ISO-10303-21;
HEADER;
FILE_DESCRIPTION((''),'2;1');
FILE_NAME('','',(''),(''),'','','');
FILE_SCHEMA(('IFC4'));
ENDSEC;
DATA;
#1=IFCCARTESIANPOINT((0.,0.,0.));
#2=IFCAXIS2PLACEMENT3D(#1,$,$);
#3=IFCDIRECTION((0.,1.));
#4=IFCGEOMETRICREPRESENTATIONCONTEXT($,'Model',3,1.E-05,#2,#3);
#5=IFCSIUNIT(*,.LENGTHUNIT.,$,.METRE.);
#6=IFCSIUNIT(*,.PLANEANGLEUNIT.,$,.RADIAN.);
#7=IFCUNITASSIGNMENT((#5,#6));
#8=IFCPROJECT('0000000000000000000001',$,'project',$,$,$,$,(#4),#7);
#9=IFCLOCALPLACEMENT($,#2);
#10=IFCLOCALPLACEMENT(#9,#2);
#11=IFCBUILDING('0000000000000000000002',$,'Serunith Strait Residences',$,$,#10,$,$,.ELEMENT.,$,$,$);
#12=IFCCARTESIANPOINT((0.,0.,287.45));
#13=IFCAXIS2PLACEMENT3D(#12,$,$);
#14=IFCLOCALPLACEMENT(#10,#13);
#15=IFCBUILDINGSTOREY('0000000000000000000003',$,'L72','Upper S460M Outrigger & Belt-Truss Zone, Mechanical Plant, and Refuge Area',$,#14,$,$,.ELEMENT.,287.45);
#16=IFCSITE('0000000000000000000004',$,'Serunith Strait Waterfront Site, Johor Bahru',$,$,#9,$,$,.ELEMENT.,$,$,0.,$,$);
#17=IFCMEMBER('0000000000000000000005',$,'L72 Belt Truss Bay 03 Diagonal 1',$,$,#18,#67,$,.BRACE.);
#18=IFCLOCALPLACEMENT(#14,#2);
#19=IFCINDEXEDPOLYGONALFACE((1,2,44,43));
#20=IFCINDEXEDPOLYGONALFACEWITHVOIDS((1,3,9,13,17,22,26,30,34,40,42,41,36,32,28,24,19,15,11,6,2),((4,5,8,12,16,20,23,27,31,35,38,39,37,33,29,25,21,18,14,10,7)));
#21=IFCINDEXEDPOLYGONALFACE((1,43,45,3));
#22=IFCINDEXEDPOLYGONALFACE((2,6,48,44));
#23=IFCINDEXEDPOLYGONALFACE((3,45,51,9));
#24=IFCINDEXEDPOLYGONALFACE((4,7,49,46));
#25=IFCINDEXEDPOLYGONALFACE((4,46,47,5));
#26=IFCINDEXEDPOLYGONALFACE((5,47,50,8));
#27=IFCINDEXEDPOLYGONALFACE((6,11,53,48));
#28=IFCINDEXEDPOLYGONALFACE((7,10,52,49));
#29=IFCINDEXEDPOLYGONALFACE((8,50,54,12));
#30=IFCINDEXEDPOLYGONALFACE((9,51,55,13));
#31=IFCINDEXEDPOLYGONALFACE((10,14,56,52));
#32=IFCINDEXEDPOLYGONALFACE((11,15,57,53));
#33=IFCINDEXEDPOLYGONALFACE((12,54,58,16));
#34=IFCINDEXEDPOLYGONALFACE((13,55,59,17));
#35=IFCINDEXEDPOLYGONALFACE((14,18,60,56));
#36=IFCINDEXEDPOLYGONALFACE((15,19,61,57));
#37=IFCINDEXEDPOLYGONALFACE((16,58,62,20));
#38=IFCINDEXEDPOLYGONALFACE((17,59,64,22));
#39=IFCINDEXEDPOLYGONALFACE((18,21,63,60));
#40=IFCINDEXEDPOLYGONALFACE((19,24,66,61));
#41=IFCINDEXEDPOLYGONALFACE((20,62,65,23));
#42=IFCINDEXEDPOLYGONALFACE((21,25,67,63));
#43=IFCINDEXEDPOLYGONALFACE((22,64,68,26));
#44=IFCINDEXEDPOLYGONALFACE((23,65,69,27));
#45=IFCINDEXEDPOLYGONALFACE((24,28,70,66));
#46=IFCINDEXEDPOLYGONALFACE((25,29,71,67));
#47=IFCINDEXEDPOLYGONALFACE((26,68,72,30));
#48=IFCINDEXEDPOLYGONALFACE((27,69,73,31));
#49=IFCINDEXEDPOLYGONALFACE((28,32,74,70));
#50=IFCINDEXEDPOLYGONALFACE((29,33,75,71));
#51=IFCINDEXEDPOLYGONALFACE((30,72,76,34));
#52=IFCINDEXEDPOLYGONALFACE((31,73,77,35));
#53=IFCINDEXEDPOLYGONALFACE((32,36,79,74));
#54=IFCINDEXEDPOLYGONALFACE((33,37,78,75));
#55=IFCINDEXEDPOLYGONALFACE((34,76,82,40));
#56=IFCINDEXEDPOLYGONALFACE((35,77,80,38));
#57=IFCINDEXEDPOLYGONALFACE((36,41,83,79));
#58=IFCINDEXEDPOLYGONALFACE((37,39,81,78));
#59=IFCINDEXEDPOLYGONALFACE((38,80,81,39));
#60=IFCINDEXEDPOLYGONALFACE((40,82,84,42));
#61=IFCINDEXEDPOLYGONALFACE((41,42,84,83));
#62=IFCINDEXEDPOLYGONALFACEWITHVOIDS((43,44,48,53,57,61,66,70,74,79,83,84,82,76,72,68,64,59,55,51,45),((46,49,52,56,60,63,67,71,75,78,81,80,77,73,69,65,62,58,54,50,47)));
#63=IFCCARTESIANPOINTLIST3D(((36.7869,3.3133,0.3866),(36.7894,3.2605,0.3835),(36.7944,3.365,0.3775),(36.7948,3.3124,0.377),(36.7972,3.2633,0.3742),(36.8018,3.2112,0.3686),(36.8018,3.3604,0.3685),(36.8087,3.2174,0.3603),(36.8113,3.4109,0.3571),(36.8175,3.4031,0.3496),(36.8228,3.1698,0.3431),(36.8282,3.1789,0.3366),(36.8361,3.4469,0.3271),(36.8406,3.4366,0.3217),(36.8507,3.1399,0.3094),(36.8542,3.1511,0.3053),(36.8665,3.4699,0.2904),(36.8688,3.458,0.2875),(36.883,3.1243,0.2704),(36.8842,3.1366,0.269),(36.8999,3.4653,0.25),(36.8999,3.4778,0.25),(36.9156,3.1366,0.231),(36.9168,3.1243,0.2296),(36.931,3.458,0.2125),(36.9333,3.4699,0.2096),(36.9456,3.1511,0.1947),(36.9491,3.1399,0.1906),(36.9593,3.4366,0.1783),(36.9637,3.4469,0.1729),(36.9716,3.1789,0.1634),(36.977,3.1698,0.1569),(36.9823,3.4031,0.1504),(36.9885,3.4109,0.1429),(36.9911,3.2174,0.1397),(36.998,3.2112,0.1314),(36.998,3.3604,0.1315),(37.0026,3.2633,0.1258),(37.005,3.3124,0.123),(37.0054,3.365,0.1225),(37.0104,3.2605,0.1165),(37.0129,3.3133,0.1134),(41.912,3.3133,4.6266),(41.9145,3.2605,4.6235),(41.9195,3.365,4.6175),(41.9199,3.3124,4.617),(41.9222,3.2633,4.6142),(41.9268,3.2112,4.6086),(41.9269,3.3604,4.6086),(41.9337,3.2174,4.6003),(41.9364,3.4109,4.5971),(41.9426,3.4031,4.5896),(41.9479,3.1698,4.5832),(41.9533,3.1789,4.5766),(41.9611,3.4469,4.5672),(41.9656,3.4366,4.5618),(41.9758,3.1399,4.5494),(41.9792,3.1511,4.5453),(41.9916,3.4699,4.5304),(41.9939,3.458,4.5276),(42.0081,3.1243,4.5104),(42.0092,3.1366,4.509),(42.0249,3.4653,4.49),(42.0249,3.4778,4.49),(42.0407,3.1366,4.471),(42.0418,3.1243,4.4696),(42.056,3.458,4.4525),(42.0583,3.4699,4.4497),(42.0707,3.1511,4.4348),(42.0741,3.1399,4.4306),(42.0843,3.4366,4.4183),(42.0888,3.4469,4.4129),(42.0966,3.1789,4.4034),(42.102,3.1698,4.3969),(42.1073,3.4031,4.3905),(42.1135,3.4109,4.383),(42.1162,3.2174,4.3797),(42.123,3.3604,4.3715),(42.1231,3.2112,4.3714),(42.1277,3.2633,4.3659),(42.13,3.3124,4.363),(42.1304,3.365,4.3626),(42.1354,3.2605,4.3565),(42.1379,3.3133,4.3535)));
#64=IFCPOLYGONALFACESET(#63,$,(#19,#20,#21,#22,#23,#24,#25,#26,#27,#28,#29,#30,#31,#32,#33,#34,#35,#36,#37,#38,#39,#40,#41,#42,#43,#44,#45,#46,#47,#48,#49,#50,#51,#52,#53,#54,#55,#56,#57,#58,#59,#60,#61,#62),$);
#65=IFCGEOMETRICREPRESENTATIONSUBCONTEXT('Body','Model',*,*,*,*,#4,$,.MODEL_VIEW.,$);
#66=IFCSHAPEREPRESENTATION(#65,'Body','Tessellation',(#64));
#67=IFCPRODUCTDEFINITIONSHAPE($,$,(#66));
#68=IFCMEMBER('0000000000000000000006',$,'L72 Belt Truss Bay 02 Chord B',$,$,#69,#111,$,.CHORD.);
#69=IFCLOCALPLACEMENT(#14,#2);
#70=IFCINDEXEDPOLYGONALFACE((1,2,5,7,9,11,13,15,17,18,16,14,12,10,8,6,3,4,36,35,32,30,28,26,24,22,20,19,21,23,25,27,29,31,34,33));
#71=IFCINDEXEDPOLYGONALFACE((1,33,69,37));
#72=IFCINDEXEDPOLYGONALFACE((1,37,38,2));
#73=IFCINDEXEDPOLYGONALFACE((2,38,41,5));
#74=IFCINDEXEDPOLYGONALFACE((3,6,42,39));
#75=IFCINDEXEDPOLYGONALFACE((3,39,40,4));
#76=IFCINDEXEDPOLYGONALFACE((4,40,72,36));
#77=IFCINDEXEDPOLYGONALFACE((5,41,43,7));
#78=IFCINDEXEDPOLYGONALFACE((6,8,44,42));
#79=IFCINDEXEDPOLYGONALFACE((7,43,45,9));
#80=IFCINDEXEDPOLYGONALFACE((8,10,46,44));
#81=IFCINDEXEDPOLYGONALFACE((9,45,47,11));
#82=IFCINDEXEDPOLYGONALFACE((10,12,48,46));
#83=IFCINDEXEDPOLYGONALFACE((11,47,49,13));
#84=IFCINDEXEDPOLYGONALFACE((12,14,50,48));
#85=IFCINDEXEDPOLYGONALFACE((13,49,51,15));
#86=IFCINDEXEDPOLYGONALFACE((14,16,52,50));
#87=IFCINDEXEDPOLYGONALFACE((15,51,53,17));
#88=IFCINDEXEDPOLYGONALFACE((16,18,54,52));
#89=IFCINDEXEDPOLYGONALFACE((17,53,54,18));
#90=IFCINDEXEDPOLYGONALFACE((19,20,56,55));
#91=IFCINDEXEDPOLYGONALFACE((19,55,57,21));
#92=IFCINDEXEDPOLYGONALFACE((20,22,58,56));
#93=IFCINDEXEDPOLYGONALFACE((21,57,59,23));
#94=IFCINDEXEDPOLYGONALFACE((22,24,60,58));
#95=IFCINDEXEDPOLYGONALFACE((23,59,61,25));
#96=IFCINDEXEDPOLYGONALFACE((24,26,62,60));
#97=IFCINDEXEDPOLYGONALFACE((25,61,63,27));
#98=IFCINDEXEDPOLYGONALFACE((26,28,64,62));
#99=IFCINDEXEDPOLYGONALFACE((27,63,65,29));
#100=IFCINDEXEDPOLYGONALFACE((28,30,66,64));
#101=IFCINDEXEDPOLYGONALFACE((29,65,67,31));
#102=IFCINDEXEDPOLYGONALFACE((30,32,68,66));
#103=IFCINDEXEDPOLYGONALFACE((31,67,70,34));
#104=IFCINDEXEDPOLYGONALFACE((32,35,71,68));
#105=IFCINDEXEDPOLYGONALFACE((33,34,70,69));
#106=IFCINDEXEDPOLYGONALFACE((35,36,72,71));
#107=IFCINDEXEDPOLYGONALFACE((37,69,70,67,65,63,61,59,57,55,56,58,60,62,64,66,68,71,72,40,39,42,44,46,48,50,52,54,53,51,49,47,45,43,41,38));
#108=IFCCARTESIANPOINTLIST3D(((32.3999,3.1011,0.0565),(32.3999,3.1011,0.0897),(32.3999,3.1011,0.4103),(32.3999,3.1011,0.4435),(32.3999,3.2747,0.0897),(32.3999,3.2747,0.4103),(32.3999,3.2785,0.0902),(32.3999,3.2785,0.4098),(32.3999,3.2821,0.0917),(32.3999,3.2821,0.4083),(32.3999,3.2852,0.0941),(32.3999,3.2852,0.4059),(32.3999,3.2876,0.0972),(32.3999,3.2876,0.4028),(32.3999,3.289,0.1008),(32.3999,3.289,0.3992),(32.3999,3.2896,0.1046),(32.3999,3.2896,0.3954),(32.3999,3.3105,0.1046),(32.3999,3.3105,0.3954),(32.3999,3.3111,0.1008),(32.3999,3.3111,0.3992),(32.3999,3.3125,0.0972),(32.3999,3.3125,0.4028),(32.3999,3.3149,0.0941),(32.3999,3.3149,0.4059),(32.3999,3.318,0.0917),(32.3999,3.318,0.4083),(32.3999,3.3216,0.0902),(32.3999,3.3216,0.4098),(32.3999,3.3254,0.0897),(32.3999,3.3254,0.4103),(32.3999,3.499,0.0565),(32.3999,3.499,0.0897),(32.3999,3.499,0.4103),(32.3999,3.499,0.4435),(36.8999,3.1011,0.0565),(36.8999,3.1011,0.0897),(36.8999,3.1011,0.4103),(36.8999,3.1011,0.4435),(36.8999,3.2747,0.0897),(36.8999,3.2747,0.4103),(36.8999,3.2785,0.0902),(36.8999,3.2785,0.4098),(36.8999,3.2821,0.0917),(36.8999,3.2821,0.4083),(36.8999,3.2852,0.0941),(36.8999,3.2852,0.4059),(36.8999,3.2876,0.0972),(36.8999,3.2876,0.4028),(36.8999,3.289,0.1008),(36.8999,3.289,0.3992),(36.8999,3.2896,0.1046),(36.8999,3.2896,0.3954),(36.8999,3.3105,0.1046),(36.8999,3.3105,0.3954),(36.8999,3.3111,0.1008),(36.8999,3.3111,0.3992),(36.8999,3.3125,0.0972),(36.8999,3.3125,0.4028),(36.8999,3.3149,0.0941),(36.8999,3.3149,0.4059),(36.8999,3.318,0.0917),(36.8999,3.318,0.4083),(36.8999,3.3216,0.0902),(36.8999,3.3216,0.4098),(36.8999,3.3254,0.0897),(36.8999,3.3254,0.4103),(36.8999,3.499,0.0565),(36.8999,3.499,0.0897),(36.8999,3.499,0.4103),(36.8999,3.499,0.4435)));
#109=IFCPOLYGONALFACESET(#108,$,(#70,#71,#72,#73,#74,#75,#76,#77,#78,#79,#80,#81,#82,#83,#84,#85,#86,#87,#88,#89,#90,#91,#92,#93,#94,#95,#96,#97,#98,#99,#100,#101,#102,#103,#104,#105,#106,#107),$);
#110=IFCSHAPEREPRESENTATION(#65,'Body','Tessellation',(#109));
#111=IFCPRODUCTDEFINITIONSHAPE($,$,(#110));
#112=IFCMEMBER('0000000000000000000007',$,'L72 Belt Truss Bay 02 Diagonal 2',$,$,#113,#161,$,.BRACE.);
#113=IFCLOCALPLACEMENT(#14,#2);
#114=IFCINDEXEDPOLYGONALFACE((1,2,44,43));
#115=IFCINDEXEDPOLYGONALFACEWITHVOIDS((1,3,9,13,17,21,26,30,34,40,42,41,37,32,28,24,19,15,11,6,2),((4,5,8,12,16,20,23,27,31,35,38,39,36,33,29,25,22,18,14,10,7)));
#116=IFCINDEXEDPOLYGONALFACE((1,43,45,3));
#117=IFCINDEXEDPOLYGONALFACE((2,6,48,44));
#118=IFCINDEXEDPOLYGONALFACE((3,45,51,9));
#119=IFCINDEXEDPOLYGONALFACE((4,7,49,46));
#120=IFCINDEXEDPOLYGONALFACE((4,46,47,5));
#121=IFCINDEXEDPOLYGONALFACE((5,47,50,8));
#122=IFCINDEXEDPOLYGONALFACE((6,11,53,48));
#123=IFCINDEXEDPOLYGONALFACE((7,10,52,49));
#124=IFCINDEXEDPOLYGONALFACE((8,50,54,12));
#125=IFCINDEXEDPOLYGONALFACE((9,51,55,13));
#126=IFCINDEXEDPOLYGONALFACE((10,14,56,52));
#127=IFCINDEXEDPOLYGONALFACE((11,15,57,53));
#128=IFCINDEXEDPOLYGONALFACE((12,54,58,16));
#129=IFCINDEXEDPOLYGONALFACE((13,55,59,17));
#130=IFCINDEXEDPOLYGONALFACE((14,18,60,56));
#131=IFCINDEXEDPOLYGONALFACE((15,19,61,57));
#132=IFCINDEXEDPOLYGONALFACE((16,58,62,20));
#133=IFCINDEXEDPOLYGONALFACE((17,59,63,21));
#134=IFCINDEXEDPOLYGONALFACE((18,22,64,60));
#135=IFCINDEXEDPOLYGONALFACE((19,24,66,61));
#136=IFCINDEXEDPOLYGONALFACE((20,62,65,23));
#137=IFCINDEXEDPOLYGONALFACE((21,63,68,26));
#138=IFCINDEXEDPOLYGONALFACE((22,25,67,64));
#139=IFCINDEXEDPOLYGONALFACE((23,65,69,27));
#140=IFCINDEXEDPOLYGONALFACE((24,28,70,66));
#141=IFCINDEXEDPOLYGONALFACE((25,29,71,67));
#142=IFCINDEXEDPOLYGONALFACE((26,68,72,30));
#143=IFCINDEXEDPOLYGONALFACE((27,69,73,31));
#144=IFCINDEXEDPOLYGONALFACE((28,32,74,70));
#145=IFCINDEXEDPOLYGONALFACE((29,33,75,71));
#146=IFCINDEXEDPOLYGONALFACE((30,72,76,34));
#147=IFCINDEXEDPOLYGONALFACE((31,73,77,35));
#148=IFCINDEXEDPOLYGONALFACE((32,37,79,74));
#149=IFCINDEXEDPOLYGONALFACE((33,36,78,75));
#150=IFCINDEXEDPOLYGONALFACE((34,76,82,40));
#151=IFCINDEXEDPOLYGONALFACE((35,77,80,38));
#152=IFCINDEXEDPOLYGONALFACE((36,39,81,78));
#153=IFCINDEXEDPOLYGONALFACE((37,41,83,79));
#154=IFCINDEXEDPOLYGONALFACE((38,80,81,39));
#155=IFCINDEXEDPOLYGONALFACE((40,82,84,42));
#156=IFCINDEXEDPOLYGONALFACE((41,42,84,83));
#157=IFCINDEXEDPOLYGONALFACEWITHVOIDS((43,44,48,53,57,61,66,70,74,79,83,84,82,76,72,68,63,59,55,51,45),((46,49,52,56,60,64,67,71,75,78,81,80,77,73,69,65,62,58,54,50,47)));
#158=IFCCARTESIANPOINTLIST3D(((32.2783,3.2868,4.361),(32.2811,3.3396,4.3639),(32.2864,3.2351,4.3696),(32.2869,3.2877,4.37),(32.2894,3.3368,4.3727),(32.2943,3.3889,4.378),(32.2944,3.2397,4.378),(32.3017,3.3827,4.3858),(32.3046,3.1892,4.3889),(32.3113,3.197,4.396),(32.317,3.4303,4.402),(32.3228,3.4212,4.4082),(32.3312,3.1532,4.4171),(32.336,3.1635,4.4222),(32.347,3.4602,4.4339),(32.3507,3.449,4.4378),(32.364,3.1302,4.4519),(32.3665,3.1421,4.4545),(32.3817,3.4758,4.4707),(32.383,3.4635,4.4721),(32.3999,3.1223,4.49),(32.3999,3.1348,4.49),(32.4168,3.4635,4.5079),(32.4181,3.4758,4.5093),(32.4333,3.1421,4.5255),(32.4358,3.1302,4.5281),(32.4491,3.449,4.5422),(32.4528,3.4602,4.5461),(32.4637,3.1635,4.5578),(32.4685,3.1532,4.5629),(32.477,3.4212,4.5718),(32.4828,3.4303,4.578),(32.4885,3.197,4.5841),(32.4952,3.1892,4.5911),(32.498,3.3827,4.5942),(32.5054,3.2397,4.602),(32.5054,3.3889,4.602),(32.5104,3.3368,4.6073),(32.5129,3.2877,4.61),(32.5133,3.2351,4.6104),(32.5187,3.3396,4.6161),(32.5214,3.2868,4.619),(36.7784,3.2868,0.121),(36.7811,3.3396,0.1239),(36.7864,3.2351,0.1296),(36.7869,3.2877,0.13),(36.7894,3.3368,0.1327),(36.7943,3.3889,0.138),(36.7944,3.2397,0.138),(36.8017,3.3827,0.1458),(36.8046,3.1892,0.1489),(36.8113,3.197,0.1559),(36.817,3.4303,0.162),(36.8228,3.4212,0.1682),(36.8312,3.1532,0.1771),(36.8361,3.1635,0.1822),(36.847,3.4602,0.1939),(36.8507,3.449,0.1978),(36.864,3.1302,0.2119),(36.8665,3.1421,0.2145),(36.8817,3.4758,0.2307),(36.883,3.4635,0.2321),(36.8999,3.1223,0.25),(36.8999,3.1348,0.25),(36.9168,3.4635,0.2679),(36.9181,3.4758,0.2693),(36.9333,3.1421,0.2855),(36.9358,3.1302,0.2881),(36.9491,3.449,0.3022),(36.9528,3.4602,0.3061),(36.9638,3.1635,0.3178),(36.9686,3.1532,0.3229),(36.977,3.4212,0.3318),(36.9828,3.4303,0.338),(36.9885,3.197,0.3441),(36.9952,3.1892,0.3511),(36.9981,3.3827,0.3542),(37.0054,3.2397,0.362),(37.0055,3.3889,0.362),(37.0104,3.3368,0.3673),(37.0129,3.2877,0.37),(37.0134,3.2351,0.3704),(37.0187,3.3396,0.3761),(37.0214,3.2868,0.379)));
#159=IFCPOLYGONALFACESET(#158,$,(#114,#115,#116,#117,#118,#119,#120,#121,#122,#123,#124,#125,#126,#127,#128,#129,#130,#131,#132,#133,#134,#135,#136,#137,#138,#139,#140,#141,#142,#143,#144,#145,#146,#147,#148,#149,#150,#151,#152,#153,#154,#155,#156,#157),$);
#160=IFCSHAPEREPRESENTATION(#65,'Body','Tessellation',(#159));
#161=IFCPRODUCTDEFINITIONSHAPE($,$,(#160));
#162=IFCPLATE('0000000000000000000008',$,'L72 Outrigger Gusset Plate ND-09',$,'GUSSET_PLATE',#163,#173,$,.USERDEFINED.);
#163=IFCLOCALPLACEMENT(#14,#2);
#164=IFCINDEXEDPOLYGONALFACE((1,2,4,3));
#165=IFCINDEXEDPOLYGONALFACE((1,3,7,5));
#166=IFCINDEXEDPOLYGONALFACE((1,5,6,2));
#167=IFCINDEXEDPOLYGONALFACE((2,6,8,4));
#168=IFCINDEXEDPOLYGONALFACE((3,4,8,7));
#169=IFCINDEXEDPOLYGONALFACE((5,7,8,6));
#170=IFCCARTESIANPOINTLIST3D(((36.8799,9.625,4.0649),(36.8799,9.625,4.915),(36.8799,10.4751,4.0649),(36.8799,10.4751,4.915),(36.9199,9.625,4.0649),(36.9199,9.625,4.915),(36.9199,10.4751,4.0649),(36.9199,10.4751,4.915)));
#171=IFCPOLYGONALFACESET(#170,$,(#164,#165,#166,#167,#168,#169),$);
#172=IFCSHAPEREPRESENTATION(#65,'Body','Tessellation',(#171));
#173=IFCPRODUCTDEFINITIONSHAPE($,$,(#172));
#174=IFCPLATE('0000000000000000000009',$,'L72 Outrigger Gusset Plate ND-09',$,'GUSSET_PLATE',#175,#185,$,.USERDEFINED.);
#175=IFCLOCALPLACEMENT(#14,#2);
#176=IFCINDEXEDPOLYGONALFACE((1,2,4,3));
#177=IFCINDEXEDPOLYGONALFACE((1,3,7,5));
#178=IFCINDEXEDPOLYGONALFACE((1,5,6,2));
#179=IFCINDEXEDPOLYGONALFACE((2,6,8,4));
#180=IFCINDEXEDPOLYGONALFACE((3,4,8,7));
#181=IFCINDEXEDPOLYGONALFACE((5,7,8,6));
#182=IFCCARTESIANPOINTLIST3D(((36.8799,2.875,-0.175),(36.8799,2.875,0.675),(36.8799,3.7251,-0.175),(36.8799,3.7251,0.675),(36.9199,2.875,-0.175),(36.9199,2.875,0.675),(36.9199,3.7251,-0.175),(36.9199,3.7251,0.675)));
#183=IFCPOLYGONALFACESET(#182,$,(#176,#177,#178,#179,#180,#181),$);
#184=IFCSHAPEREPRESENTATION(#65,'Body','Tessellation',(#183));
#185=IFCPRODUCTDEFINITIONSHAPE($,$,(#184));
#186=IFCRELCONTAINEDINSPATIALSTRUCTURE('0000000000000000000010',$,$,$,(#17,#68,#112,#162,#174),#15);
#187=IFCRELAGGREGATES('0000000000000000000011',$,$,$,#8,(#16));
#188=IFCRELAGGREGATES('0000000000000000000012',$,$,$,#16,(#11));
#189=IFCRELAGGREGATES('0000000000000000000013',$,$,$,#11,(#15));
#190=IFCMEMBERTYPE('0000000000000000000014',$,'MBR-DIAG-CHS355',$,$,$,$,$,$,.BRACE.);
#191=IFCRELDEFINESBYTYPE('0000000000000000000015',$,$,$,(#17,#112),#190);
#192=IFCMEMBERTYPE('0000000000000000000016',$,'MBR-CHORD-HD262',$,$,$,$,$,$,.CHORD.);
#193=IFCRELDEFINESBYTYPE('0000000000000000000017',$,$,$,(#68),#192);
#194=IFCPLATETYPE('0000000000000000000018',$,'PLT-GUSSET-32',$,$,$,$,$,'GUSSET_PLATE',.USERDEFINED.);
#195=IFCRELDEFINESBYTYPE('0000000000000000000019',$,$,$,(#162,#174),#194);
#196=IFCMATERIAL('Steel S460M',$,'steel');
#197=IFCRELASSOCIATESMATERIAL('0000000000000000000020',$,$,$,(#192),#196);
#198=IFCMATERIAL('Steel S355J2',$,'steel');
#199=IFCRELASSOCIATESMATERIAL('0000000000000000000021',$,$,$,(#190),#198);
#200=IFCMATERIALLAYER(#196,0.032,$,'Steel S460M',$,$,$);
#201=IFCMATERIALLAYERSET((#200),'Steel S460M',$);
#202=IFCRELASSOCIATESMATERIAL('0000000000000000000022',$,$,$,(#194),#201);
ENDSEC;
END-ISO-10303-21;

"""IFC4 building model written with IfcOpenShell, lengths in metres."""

from ifc_helpers import new_model, si_unit, direction, frame, origin, origin_2d, place, context, subcontext, project, spatial, rectangle, hollow_circle, i_section, extrude, source, transform, mapped, material, layer, layer_set, material_profile, profile_set, type_object, element, save


model = new_model("IFC4")

# Units and contexts
model_context = context("Model", 3, precision=1e-05, world=origin(), true_north=direction((0.0, 1.0)))
body_context = subcontext(model_context, "Body", "Model", "MODEL_VIEW")
ifc_project = project(units=[si_unit("LENGTHUNIT", "METRE"), si_unit("PLANEANGLEUNIT", "RADIAN")], contexts=[model_context])

# Site, building, storey
site_placement = place(None, origin())
site = spatial("IfcSite", under=ifc_project, at=site_placement, Name="Serunith Strait Waterfront Site, Johor Bahru", CompositionType="ELEMENT", RefElevation=0.0)
building_placement = place(site_placement, origin())
building = spatial("IfcBuilding", under=site, at=building_placement, Name="Serunith Strait Residences", CompositionType="ELEMENT")
storey_placement = place(building_placement, frame((0.0, 0.0, 287.45)))
storey = spatial("IfcBuildingStorey", under=building, at=storey_placement, Name="L72", Description="Upper S460M Outrigger & Belt-Truss Zone, Mechanical Plant, and Refuge Area", CompositionType="ELEMENT", Elevation=287.45)

# Shared definitions
ifc_material_1 = material(Name="Steel S355J2", Category="steel")

# Members
ifc_material_2 = material(Name="Steel S460M", Category="steel")
ifc_material_profile_1 = material_profile(ifc_material_2, i_section(OverallWidth=0.3979, OverallDepth=0.387, WebThickness=0.021, FlangeThickness=0.0332, FilletRadius=0.0149, at=origin_2d()), Name="HD 400x262")
ifc_profile_set_1 = profile_set([ifc_material_profile_1], Name="Steel S460M")
member_type_1 = type_object("IfcMemberType", Name="MBR-CHORD-HD262", PredefinedType="CHORD", material=ifc_profile_set_1)
ifc_material_profile_2 = material_profile(ifc_material_1, hollow_circle(Radius=0.1777, WallThickness=0.0125, at=origin_2d()), Name="CHS 355.6x12.5")
ifc_profile_set_2 = profile_set([ifc_material_profile_2], Name="Steel S355J2")
member_type_2 = type_object("IfcMemberType", Name="MBR-DIAG-CHS355", PredefinedType="BRACE", material=ifc_profile_set_2)
shared_shape_1 = source(origin(), body_context, "Body", "SweptSolid", [
    extrude(hollow_circle(Radius=0.1777, WallThickness=0.0125, at=origin_2d()), origin(), (0.0, 0.0, 1.0), 6.6516),
])
member_1_placement = place(storey_placement, frame((36.8999, 3.3, 0.25), z_axis=(0.770497, 0.0, 0.637444), x_axis=(0.0, 1.0, 0.0)))
element("IfcMember", 1, at=member_1_placement, inside=storey, type_object=member_type_2, Name="L72 Belt Truss Bay 03 Diagonal 1", PredefinedType="BRACE", context=body_context, shape_type="MappedRepresentation", body=[
    mapped(shared_shape_1, transform((0.0, 0.0, 0.0), scale=1.0)),
])
shared_shape_2 = source(origin(), body_context, "Body", "SweptSolid", [
    extrude(i_section(OverallWidth=0.3979, OverallDepth=0.387, WebThickness=0.021, FlangeThickness=0.0332, FilletRadius=0.0149, at=origin_2d()), origin(), (0.0, 0.0, 1.0), 4.5),
])
member_2_placement = place(storey_placement, frame((32.3999, 3.3, 0.25), z_axis=(1.0, 0.0, 0.0), x_axis=(0.0, 1.0, 0.0)))
element("IfcMember", 2, at=member_2_placement, inside=storey, type_object=member_type_1, Name="L72 Belt Truss Bay 02 Chord B", PredefinedType="CHORD", context=body_context, shape_type="MappedRepresentation", body=[
    mapped(shared_shape_2, transform((0.0, 0.0, 0.0), scale=1.0)),
])
shared_shape_3 = source(origin(), body_context, "Body", "SweptSolid", [
    extrude(hollow_circle(Radius=0.1777, WallThickness=0.0125, at=origin_2d()), origin(), (0.0, 0.0, 1.0), 6.1829),
])
member_3_placement = place(storey_placement, frame((36.8999, 3.3, 0.25), z_axis=(-0.727821, 0.0, 0.685767), x_axis=(0.0, -1.0, 0.0)))
element("IfcMember", 3, at=member_3_placement, inside=storey, type_object=member_type_2, Name="L72 Belt Truss Bay 02 Diagonal 2", PredefinedType="BRACE", context=body_context, shape_type="MappedRepresentation", body=[
    mapped(shared_shape_3, transform((0.0, 0.0, 0.0), scale=1.0)),
])

# Plates
ifc_layer_1 = layer(ifc_material_2, 0.032, Name="Steel S460M")
ifc_layer_set_1 = layer_set([ifc_layer_1], Name="Steel S460M")
plate_type_1 = type_object("IfcPlateType", Name="PLT-GUSSET-32", ElementType="GUSSET_PLATE", PredefinedType="USERDEFINED", material=ifc_layer_set_1)
shared_shape_4 = source(origin(), body_context, "Body", "SweptSolid", [
    extrude(rectangle(XDim=0.8501, YDim=0.04, at=origin_2d()), origin(), (0.0, 0.0, 1.0), 0.8501),
])
for number, where, z_axis, x_axis, name in (
    (4, (36.8999, 10.05, 4.0649), (0.0, 0.0, 1.0), (0.0, -1.0, 0.0), "L72 Outrigger Gusset Plate ND-09"),
    (5, (36.8999, 3.3, -0.175), (0.0, 0.0, 1.0), (0.0, -1.0, 0.0), "L72 Outrigger Gusset Plate ND-09"),
):
    element("IfcPlate", number, at=place(storey_placement, frame(where, z_axis=z_axis, x_axis=x_axis)), inside=storey, type_object=plate_type_1, Name=name, ObjectType="GUSSET_PLATE", PredefinedType="USERDEFINED", context=body_context, shape_type="MappedRepresentation", body=[
        mapped(shared_shape_4, transform((0.0, 0.0, 0.0), scale=1.0)),
    ])

save(model, "model.ifc")
